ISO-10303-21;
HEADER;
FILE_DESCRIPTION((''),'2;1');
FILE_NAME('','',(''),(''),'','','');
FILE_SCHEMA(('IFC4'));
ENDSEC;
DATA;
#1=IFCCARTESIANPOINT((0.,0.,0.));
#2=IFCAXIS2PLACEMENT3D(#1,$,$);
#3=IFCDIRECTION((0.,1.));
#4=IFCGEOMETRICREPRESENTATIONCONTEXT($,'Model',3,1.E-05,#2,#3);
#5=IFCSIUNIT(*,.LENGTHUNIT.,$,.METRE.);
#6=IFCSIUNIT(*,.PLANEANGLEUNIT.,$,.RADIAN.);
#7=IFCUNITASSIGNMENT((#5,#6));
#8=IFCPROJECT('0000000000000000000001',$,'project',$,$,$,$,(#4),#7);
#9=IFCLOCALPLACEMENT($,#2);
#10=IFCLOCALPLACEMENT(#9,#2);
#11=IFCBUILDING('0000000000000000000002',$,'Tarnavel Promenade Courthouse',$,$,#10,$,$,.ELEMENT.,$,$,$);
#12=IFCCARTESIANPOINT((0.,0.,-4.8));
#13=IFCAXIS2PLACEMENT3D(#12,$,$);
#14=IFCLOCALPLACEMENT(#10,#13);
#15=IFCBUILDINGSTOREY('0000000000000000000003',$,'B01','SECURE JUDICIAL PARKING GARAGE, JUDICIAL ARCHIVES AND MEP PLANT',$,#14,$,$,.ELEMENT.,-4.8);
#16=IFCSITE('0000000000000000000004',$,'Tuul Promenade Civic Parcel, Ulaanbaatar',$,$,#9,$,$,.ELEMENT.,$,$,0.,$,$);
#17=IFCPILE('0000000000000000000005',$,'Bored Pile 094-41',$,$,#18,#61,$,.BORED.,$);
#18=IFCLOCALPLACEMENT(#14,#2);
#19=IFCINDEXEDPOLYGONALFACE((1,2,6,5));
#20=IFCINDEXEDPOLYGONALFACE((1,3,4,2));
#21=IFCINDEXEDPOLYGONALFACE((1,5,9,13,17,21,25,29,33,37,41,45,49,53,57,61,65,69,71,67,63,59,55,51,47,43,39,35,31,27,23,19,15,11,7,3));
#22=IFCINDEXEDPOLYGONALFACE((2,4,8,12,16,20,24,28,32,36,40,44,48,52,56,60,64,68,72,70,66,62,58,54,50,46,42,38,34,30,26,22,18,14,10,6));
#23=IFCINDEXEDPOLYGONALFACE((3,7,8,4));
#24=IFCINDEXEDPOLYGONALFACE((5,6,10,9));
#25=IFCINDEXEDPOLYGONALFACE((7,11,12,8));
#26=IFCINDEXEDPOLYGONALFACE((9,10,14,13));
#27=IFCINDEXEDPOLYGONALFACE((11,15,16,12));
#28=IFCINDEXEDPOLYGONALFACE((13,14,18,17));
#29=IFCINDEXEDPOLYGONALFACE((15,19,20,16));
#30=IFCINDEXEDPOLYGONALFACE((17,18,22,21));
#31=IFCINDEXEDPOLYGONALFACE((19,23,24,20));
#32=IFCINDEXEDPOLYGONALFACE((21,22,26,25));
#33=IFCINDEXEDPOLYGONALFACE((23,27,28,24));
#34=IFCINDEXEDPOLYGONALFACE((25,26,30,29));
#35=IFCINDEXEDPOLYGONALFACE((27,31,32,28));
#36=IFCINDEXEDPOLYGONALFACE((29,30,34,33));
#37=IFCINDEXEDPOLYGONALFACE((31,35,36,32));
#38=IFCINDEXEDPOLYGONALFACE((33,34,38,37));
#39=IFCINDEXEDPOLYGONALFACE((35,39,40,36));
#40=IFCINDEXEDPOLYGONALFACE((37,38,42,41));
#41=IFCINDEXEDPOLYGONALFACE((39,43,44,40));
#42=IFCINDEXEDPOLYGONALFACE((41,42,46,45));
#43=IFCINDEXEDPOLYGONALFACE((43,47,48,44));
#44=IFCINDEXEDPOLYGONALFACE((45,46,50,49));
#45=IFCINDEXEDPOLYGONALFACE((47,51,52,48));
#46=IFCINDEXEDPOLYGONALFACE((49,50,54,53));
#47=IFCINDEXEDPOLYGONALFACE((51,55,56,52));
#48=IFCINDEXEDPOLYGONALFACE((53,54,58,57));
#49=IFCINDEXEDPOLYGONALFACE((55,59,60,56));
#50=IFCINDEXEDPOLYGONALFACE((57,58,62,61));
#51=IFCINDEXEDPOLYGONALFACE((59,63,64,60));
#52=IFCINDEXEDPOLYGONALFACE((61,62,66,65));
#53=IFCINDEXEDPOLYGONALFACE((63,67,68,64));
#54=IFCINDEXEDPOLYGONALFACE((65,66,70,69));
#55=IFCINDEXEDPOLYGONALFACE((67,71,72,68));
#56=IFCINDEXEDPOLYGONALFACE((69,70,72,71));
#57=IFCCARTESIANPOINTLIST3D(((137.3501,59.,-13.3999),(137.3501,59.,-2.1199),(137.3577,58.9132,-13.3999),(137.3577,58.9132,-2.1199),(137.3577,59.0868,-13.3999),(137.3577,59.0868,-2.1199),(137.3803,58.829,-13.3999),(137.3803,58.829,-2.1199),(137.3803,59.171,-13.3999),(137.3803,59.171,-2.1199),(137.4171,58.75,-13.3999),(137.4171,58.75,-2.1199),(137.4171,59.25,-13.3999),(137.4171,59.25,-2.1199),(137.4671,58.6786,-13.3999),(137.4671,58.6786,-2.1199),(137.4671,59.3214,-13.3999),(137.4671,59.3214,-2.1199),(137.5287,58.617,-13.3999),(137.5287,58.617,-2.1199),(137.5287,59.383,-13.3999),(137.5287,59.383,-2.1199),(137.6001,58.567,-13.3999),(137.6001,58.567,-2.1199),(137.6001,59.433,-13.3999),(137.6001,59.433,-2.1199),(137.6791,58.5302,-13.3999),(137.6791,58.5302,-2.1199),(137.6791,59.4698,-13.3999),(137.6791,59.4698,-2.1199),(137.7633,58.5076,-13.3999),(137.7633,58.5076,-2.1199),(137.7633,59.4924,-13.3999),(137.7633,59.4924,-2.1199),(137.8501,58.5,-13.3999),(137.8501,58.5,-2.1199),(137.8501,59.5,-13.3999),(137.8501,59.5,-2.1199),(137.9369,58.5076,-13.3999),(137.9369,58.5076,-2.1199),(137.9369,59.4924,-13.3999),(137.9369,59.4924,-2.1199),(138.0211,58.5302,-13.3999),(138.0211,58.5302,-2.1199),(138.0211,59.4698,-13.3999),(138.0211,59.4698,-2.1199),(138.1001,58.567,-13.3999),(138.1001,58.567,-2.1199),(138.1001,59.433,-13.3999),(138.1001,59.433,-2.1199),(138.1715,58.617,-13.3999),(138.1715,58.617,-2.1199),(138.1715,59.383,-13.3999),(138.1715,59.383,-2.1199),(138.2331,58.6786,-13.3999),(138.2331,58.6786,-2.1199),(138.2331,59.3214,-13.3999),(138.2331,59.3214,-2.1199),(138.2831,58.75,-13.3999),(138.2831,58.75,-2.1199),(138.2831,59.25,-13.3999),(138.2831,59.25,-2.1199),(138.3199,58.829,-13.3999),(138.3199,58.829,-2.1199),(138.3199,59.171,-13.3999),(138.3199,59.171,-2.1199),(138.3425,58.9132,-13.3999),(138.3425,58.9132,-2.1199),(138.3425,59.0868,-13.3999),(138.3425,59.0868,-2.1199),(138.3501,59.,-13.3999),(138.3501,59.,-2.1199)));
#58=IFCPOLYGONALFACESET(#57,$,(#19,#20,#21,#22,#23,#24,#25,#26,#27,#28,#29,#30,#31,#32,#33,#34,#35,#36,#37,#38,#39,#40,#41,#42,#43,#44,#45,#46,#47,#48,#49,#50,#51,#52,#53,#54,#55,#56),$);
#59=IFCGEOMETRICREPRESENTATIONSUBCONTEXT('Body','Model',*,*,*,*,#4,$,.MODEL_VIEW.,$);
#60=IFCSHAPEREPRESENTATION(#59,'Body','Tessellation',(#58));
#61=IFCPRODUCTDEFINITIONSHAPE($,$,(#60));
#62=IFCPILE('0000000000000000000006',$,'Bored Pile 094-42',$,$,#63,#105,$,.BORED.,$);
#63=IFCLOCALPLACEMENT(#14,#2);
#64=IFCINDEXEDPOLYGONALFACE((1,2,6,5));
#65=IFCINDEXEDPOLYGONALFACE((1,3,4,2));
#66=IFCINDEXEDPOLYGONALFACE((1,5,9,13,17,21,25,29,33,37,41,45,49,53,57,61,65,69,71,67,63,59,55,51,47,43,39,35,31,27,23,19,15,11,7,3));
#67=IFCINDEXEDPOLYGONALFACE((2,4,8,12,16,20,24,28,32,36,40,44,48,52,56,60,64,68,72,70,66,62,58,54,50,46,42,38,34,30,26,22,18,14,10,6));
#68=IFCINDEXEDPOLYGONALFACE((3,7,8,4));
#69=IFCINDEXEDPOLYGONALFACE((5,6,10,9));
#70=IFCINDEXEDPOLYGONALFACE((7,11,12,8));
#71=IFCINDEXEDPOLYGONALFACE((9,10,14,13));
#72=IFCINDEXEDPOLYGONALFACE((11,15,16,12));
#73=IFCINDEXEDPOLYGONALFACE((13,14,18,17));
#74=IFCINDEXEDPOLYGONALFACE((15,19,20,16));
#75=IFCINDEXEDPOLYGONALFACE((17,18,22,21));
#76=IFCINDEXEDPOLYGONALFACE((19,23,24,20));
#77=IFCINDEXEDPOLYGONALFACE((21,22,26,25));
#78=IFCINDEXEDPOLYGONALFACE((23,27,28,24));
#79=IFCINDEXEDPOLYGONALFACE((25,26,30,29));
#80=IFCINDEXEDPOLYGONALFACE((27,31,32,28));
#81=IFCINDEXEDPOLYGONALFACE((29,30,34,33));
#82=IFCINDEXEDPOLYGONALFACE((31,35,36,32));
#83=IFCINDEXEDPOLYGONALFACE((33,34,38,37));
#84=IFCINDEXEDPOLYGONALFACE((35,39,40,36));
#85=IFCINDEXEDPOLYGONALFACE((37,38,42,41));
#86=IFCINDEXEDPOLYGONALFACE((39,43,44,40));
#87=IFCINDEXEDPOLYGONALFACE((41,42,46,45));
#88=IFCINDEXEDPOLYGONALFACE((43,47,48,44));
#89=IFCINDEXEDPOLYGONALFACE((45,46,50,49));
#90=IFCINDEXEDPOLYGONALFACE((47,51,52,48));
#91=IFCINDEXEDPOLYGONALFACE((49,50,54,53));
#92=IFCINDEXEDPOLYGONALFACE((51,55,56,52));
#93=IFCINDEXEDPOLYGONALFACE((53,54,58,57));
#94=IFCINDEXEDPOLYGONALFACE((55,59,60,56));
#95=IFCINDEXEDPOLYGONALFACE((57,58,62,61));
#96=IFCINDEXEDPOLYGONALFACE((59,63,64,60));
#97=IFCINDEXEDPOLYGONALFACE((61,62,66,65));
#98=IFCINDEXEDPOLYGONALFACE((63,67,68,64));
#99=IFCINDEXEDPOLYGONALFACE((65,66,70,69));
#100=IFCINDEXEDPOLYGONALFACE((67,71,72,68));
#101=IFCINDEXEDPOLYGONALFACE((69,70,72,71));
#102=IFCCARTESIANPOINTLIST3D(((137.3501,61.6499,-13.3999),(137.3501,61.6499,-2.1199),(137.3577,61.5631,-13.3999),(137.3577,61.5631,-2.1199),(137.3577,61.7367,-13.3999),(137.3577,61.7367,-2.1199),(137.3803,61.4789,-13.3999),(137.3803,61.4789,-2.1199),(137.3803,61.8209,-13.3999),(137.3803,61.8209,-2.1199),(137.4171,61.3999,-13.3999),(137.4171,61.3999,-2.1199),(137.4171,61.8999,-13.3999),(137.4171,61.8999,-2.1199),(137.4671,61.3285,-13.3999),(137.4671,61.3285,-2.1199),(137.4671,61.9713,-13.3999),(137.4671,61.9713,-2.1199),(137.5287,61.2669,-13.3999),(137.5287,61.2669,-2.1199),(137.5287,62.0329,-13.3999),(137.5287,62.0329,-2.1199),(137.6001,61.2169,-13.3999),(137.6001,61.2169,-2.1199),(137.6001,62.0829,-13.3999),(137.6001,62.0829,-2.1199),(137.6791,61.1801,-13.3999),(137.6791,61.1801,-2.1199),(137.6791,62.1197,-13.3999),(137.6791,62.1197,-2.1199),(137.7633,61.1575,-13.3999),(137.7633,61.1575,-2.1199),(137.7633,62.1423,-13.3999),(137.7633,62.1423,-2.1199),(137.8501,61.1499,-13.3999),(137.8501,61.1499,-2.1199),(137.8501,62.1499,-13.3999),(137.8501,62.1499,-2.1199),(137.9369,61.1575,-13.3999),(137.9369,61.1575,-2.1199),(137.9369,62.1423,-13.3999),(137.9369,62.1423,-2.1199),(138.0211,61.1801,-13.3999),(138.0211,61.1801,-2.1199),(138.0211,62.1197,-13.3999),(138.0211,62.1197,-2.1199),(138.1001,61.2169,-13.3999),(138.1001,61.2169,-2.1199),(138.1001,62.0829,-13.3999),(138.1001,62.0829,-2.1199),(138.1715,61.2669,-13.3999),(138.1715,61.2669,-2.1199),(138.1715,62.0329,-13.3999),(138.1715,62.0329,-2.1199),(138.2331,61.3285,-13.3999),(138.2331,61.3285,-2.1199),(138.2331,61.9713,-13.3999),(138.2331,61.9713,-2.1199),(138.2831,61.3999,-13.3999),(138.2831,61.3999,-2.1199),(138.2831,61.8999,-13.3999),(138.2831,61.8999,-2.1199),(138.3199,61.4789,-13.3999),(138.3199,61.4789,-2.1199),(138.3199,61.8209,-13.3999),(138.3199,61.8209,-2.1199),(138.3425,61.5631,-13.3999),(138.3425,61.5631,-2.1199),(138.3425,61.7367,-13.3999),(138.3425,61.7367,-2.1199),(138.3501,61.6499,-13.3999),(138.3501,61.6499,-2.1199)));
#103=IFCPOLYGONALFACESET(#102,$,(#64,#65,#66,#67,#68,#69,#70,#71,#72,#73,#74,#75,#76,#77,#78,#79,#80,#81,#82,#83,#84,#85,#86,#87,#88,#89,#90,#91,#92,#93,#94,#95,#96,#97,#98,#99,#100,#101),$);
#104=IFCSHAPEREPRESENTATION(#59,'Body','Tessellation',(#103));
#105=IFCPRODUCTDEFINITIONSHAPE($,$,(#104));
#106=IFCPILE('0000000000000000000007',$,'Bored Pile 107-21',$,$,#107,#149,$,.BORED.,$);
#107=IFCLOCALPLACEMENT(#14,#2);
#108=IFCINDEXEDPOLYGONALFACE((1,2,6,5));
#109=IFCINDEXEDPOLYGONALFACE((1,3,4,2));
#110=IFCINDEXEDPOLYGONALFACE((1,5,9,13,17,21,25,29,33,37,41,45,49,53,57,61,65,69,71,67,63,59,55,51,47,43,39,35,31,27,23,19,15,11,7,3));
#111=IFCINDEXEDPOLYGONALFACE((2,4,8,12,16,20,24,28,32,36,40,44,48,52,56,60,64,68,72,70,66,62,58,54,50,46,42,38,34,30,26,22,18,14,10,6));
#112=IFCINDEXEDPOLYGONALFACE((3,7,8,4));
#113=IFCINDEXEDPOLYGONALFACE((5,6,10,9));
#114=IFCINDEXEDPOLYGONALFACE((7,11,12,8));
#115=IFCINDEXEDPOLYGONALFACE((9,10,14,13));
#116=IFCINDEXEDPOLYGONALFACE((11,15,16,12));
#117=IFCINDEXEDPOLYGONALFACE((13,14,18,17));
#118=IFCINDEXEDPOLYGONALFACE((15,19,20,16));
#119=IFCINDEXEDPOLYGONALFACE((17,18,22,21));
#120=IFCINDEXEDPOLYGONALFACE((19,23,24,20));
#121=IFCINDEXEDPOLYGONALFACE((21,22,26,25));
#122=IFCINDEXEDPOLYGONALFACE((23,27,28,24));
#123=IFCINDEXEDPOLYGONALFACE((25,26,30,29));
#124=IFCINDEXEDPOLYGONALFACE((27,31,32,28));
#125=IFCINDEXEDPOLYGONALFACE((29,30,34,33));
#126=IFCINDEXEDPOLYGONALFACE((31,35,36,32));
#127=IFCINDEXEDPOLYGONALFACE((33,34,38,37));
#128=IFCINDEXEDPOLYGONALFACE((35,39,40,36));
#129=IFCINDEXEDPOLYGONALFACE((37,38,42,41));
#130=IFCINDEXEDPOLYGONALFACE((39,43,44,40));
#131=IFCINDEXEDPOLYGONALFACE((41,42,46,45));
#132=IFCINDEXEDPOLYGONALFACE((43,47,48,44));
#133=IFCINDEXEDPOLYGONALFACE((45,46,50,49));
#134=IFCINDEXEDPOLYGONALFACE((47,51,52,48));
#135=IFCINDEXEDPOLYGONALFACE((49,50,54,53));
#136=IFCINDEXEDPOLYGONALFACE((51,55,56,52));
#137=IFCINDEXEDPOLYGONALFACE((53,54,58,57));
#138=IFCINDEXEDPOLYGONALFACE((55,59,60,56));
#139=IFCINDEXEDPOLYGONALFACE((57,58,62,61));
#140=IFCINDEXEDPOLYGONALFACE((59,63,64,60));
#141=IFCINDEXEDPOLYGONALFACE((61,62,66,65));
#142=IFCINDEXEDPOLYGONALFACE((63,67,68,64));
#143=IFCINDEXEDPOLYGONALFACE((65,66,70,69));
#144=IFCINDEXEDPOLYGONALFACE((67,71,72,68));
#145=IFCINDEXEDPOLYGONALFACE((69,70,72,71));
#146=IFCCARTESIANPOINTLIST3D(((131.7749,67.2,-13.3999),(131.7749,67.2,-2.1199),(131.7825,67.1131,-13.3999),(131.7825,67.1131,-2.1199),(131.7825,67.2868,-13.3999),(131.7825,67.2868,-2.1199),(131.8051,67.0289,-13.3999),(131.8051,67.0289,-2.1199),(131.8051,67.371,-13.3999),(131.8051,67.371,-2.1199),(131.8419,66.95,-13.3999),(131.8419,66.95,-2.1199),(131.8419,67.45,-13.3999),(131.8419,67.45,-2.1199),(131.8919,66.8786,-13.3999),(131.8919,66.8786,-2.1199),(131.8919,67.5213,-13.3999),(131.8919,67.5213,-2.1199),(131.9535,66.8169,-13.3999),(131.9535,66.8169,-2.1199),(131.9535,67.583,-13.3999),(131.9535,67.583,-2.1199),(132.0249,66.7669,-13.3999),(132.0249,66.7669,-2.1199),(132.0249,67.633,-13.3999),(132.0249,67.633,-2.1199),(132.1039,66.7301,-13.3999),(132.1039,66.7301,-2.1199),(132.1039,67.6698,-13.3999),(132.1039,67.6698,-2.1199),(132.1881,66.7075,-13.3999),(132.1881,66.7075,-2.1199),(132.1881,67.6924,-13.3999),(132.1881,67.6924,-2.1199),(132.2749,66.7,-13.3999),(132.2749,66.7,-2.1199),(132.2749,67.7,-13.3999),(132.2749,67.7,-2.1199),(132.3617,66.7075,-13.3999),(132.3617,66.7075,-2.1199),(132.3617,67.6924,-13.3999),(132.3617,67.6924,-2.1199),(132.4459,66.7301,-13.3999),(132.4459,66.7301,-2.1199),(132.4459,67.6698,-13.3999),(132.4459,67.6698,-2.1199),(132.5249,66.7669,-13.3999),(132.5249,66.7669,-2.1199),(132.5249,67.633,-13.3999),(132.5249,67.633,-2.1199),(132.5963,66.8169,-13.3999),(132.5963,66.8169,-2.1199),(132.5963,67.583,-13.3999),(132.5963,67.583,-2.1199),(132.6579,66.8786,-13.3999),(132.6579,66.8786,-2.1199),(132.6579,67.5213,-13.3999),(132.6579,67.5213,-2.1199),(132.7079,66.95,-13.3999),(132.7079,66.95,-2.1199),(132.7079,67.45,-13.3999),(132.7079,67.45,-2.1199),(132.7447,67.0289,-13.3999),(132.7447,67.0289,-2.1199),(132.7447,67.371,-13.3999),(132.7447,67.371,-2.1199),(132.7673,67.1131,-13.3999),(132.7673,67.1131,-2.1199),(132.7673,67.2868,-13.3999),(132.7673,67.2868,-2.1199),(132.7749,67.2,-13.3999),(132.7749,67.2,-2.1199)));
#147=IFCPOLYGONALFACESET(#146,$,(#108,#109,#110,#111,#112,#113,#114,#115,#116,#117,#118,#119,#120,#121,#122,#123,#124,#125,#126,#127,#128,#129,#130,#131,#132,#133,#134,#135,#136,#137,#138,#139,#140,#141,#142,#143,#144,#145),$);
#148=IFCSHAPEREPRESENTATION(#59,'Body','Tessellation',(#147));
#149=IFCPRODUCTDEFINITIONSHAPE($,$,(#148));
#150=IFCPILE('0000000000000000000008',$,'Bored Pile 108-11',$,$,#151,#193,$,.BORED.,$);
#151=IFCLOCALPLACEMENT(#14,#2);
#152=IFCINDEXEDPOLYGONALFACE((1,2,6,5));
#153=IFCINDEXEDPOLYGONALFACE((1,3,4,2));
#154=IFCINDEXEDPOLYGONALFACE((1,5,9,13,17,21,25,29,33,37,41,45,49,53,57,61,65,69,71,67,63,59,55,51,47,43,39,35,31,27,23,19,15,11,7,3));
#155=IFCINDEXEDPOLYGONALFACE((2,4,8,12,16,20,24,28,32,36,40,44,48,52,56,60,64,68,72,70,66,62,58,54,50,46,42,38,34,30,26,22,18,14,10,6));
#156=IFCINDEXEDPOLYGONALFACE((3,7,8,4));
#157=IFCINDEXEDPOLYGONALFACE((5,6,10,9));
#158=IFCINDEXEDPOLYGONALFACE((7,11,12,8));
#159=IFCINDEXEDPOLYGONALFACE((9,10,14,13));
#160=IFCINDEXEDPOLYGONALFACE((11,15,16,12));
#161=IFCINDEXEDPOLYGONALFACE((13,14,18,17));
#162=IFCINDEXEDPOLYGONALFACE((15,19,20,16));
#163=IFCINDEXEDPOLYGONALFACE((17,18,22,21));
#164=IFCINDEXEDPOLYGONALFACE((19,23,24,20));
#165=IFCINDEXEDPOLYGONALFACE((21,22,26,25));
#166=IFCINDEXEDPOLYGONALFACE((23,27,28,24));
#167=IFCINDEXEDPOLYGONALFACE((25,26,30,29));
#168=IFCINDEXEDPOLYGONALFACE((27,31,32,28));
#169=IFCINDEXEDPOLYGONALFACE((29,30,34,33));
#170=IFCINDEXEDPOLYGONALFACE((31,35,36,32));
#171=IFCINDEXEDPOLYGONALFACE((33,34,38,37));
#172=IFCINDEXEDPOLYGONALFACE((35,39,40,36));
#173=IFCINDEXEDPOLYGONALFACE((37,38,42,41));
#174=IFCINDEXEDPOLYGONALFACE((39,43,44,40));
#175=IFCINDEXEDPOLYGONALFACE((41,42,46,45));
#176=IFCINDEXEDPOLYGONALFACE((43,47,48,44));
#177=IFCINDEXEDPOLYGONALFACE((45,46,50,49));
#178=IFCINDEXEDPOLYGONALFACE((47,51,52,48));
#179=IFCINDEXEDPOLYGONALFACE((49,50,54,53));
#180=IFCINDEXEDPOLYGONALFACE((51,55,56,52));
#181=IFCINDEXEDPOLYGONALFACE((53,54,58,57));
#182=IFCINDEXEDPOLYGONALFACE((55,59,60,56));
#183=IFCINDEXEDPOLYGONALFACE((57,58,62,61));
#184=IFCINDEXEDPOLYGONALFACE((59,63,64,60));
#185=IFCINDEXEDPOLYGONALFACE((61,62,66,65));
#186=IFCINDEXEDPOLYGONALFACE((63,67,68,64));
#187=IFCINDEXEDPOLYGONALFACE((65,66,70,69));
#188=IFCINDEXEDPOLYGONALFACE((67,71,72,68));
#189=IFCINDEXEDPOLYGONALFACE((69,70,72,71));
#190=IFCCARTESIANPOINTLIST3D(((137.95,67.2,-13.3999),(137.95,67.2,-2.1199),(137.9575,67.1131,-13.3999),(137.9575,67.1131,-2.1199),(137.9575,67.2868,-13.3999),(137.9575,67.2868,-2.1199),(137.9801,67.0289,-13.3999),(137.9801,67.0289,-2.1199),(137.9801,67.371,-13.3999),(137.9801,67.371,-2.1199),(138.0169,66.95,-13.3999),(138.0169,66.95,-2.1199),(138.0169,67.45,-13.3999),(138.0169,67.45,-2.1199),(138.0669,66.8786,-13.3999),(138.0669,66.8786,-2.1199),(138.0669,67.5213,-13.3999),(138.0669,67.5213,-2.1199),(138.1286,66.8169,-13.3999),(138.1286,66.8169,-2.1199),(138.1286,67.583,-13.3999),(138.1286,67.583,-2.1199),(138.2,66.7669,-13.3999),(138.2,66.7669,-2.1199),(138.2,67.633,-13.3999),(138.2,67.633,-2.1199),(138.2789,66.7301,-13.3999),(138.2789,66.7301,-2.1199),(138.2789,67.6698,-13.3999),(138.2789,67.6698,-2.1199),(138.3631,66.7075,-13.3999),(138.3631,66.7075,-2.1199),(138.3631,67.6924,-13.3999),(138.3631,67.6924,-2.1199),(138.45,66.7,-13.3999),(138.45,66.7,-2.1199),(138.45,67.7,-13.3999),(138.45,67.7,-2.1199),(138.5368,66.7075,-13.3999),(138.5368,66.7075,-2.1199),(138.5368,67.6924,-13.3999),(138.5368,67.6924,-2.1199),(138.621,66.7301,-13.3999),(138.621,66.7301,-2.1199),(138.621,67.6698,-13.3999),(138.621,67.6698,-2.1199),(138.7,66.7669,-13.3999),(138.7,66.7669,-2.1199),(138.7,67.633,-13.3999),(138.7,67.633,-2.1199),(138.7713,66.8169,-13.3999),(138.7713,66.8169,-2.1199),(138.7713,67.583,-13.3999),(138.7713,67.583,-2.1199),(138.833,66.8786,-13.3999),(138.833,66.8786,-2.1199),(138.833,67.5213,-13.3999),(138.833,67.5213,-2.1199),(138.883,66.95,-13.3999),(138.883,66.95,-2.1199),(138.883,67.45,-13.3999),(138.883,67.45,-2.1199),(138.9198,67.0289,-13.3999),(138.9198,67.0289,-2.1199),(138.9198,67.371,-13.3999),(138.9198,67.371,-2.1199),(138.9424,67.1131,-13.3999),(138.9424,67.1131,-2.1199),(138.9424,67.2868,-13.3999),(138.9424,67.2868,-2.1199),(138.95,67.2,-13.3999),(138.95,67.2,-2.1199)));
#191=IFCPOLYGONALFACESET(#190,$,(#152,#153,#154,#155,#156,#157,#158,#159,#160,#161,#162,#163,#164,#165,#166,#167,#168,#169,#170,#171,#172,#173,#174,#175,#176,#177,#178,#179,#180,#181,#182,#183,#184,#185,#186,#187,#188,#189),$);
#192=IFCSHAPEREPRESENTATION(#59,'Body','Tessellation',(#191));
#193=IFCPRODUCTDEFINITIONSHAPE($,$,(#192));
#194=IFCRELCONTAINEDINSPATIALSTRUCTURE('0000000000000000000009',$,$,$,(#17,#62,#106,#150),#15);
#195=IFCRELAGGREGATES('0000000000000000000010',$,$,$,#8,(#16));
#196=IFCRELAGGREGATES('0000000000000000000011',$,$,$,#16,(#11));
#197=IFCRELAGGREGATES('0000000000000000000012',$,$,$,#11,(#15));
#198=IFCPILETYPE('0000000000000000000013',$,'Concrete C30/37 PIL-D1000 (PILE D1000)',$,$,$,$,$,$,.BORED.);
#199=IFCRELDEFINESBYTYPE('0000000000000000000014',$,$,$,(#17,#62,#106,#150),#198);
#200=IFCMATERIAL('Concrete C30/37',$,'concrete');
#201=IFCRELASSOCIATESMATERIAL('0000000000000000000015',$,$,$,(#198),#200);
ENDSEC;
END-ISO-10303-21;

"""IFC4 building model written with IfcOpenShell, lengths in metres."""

from ifc_helpers import new_model, si_unit, direction, frame, origin, origin_2d, place, context, subcontext, project, spatial, circle, extrude, material, material_profile, profile_set, type_object, element, save


model = new_model("IFC4")

# Units and contexts
model_context = context("Model", 3, precision=1e-05, world=origin(), true_north=direction((0.0, 1.0)))
body_context = subcontext(model_context, "Body", "Model", "MODEL_VIEW")
ifc_project = project(units=[si_unit("LENGTHUNIT", "METRE"), si_unit("PLANEANGLEUNIT", "RADIAN")], contexts=[model_context])

# Site, building, storey
site_placement = place(None, origin())
site = spatial("IfcSite", under=ifc_project, at=site_placement, Name="Tuul Promenade Civic Parcel, Ulaanbaatar", CompositionType="ELEMENT", RefElevation=0.0)
building_placement = place(site_placement, origin())
building = spatial("IfcBuilding", under=site, at=building_placement, Name="Tarnavel Promenade Courthouse", CompositionType="ELEMENT")
storey_placement = place(building_placement, frame((0.0, 0.0, -4.8)))
storey = spatial("IfcBuildingStorey", under=building, at=storey_placement, Name="B01", Description="SECURE JUDICIAL PARKING GARAGE, JUDICIAL ARCHIVES AND MEP PLANT", CompositionType="ELEMENT", Elevation=-4.8)

# Piles
ifc_material_1 = material(Name="Concrete C30/37", Category="concrete")
ifc_material_profile_1 = material_profile(ifc_material_1, circle(Radius=0.5, at=origin_2d()), Name="PILE D1000")
ifc_profile_set_1 = profile_set([ifc_material_profile_1], Name="Concrete C30/37")
pile_type = type_object("IfcPileType", Name="Concrete C30/37 PIL-D1000 (PILE D1000)", PredefinedType="BORED", material=ifc_profile_set_1)
for number, where, z_axis, x_axis, name in (
    (1, (137.8501, 59.0, -2.1199), (0.0, 0.0, -1.0), (1.0, 0.0, 0.0), "Bored Pile 094-41"),
    (2, (137.8501, 61.6499, -2.1199), (0.0, 0.0, -1.0), (1.0, 0.0, 0.0), "Bored Pile 094-42"),
    (3, (132.2749, 67.2, -2.1199), (0.0, 0.0, -1.0), (1.0, 0.0, 0.0), "Bored Pile 107-21"),
    (4, (138.45, 67.2, -2.1199), (0.0, 0.0, -1.0), (1.0, 0.0, 0.0), "Bored Pile 108-11"),
):
    element("IfcPile", number, at=place(storey_placement, frame(where, z_axis=z_axis, x_axis=x_axis)), inside=storey, type_object=pile_type, Name=name, PredefinedType="BORED", context=body_context, shape_type="SweptSolid", body=[
        extrude(circle(Radius=0.5, at=origin_2d()), origin(), (0.0, 0.0, 1.0), 11.28),
    ])

save(model, "model.ifc")
